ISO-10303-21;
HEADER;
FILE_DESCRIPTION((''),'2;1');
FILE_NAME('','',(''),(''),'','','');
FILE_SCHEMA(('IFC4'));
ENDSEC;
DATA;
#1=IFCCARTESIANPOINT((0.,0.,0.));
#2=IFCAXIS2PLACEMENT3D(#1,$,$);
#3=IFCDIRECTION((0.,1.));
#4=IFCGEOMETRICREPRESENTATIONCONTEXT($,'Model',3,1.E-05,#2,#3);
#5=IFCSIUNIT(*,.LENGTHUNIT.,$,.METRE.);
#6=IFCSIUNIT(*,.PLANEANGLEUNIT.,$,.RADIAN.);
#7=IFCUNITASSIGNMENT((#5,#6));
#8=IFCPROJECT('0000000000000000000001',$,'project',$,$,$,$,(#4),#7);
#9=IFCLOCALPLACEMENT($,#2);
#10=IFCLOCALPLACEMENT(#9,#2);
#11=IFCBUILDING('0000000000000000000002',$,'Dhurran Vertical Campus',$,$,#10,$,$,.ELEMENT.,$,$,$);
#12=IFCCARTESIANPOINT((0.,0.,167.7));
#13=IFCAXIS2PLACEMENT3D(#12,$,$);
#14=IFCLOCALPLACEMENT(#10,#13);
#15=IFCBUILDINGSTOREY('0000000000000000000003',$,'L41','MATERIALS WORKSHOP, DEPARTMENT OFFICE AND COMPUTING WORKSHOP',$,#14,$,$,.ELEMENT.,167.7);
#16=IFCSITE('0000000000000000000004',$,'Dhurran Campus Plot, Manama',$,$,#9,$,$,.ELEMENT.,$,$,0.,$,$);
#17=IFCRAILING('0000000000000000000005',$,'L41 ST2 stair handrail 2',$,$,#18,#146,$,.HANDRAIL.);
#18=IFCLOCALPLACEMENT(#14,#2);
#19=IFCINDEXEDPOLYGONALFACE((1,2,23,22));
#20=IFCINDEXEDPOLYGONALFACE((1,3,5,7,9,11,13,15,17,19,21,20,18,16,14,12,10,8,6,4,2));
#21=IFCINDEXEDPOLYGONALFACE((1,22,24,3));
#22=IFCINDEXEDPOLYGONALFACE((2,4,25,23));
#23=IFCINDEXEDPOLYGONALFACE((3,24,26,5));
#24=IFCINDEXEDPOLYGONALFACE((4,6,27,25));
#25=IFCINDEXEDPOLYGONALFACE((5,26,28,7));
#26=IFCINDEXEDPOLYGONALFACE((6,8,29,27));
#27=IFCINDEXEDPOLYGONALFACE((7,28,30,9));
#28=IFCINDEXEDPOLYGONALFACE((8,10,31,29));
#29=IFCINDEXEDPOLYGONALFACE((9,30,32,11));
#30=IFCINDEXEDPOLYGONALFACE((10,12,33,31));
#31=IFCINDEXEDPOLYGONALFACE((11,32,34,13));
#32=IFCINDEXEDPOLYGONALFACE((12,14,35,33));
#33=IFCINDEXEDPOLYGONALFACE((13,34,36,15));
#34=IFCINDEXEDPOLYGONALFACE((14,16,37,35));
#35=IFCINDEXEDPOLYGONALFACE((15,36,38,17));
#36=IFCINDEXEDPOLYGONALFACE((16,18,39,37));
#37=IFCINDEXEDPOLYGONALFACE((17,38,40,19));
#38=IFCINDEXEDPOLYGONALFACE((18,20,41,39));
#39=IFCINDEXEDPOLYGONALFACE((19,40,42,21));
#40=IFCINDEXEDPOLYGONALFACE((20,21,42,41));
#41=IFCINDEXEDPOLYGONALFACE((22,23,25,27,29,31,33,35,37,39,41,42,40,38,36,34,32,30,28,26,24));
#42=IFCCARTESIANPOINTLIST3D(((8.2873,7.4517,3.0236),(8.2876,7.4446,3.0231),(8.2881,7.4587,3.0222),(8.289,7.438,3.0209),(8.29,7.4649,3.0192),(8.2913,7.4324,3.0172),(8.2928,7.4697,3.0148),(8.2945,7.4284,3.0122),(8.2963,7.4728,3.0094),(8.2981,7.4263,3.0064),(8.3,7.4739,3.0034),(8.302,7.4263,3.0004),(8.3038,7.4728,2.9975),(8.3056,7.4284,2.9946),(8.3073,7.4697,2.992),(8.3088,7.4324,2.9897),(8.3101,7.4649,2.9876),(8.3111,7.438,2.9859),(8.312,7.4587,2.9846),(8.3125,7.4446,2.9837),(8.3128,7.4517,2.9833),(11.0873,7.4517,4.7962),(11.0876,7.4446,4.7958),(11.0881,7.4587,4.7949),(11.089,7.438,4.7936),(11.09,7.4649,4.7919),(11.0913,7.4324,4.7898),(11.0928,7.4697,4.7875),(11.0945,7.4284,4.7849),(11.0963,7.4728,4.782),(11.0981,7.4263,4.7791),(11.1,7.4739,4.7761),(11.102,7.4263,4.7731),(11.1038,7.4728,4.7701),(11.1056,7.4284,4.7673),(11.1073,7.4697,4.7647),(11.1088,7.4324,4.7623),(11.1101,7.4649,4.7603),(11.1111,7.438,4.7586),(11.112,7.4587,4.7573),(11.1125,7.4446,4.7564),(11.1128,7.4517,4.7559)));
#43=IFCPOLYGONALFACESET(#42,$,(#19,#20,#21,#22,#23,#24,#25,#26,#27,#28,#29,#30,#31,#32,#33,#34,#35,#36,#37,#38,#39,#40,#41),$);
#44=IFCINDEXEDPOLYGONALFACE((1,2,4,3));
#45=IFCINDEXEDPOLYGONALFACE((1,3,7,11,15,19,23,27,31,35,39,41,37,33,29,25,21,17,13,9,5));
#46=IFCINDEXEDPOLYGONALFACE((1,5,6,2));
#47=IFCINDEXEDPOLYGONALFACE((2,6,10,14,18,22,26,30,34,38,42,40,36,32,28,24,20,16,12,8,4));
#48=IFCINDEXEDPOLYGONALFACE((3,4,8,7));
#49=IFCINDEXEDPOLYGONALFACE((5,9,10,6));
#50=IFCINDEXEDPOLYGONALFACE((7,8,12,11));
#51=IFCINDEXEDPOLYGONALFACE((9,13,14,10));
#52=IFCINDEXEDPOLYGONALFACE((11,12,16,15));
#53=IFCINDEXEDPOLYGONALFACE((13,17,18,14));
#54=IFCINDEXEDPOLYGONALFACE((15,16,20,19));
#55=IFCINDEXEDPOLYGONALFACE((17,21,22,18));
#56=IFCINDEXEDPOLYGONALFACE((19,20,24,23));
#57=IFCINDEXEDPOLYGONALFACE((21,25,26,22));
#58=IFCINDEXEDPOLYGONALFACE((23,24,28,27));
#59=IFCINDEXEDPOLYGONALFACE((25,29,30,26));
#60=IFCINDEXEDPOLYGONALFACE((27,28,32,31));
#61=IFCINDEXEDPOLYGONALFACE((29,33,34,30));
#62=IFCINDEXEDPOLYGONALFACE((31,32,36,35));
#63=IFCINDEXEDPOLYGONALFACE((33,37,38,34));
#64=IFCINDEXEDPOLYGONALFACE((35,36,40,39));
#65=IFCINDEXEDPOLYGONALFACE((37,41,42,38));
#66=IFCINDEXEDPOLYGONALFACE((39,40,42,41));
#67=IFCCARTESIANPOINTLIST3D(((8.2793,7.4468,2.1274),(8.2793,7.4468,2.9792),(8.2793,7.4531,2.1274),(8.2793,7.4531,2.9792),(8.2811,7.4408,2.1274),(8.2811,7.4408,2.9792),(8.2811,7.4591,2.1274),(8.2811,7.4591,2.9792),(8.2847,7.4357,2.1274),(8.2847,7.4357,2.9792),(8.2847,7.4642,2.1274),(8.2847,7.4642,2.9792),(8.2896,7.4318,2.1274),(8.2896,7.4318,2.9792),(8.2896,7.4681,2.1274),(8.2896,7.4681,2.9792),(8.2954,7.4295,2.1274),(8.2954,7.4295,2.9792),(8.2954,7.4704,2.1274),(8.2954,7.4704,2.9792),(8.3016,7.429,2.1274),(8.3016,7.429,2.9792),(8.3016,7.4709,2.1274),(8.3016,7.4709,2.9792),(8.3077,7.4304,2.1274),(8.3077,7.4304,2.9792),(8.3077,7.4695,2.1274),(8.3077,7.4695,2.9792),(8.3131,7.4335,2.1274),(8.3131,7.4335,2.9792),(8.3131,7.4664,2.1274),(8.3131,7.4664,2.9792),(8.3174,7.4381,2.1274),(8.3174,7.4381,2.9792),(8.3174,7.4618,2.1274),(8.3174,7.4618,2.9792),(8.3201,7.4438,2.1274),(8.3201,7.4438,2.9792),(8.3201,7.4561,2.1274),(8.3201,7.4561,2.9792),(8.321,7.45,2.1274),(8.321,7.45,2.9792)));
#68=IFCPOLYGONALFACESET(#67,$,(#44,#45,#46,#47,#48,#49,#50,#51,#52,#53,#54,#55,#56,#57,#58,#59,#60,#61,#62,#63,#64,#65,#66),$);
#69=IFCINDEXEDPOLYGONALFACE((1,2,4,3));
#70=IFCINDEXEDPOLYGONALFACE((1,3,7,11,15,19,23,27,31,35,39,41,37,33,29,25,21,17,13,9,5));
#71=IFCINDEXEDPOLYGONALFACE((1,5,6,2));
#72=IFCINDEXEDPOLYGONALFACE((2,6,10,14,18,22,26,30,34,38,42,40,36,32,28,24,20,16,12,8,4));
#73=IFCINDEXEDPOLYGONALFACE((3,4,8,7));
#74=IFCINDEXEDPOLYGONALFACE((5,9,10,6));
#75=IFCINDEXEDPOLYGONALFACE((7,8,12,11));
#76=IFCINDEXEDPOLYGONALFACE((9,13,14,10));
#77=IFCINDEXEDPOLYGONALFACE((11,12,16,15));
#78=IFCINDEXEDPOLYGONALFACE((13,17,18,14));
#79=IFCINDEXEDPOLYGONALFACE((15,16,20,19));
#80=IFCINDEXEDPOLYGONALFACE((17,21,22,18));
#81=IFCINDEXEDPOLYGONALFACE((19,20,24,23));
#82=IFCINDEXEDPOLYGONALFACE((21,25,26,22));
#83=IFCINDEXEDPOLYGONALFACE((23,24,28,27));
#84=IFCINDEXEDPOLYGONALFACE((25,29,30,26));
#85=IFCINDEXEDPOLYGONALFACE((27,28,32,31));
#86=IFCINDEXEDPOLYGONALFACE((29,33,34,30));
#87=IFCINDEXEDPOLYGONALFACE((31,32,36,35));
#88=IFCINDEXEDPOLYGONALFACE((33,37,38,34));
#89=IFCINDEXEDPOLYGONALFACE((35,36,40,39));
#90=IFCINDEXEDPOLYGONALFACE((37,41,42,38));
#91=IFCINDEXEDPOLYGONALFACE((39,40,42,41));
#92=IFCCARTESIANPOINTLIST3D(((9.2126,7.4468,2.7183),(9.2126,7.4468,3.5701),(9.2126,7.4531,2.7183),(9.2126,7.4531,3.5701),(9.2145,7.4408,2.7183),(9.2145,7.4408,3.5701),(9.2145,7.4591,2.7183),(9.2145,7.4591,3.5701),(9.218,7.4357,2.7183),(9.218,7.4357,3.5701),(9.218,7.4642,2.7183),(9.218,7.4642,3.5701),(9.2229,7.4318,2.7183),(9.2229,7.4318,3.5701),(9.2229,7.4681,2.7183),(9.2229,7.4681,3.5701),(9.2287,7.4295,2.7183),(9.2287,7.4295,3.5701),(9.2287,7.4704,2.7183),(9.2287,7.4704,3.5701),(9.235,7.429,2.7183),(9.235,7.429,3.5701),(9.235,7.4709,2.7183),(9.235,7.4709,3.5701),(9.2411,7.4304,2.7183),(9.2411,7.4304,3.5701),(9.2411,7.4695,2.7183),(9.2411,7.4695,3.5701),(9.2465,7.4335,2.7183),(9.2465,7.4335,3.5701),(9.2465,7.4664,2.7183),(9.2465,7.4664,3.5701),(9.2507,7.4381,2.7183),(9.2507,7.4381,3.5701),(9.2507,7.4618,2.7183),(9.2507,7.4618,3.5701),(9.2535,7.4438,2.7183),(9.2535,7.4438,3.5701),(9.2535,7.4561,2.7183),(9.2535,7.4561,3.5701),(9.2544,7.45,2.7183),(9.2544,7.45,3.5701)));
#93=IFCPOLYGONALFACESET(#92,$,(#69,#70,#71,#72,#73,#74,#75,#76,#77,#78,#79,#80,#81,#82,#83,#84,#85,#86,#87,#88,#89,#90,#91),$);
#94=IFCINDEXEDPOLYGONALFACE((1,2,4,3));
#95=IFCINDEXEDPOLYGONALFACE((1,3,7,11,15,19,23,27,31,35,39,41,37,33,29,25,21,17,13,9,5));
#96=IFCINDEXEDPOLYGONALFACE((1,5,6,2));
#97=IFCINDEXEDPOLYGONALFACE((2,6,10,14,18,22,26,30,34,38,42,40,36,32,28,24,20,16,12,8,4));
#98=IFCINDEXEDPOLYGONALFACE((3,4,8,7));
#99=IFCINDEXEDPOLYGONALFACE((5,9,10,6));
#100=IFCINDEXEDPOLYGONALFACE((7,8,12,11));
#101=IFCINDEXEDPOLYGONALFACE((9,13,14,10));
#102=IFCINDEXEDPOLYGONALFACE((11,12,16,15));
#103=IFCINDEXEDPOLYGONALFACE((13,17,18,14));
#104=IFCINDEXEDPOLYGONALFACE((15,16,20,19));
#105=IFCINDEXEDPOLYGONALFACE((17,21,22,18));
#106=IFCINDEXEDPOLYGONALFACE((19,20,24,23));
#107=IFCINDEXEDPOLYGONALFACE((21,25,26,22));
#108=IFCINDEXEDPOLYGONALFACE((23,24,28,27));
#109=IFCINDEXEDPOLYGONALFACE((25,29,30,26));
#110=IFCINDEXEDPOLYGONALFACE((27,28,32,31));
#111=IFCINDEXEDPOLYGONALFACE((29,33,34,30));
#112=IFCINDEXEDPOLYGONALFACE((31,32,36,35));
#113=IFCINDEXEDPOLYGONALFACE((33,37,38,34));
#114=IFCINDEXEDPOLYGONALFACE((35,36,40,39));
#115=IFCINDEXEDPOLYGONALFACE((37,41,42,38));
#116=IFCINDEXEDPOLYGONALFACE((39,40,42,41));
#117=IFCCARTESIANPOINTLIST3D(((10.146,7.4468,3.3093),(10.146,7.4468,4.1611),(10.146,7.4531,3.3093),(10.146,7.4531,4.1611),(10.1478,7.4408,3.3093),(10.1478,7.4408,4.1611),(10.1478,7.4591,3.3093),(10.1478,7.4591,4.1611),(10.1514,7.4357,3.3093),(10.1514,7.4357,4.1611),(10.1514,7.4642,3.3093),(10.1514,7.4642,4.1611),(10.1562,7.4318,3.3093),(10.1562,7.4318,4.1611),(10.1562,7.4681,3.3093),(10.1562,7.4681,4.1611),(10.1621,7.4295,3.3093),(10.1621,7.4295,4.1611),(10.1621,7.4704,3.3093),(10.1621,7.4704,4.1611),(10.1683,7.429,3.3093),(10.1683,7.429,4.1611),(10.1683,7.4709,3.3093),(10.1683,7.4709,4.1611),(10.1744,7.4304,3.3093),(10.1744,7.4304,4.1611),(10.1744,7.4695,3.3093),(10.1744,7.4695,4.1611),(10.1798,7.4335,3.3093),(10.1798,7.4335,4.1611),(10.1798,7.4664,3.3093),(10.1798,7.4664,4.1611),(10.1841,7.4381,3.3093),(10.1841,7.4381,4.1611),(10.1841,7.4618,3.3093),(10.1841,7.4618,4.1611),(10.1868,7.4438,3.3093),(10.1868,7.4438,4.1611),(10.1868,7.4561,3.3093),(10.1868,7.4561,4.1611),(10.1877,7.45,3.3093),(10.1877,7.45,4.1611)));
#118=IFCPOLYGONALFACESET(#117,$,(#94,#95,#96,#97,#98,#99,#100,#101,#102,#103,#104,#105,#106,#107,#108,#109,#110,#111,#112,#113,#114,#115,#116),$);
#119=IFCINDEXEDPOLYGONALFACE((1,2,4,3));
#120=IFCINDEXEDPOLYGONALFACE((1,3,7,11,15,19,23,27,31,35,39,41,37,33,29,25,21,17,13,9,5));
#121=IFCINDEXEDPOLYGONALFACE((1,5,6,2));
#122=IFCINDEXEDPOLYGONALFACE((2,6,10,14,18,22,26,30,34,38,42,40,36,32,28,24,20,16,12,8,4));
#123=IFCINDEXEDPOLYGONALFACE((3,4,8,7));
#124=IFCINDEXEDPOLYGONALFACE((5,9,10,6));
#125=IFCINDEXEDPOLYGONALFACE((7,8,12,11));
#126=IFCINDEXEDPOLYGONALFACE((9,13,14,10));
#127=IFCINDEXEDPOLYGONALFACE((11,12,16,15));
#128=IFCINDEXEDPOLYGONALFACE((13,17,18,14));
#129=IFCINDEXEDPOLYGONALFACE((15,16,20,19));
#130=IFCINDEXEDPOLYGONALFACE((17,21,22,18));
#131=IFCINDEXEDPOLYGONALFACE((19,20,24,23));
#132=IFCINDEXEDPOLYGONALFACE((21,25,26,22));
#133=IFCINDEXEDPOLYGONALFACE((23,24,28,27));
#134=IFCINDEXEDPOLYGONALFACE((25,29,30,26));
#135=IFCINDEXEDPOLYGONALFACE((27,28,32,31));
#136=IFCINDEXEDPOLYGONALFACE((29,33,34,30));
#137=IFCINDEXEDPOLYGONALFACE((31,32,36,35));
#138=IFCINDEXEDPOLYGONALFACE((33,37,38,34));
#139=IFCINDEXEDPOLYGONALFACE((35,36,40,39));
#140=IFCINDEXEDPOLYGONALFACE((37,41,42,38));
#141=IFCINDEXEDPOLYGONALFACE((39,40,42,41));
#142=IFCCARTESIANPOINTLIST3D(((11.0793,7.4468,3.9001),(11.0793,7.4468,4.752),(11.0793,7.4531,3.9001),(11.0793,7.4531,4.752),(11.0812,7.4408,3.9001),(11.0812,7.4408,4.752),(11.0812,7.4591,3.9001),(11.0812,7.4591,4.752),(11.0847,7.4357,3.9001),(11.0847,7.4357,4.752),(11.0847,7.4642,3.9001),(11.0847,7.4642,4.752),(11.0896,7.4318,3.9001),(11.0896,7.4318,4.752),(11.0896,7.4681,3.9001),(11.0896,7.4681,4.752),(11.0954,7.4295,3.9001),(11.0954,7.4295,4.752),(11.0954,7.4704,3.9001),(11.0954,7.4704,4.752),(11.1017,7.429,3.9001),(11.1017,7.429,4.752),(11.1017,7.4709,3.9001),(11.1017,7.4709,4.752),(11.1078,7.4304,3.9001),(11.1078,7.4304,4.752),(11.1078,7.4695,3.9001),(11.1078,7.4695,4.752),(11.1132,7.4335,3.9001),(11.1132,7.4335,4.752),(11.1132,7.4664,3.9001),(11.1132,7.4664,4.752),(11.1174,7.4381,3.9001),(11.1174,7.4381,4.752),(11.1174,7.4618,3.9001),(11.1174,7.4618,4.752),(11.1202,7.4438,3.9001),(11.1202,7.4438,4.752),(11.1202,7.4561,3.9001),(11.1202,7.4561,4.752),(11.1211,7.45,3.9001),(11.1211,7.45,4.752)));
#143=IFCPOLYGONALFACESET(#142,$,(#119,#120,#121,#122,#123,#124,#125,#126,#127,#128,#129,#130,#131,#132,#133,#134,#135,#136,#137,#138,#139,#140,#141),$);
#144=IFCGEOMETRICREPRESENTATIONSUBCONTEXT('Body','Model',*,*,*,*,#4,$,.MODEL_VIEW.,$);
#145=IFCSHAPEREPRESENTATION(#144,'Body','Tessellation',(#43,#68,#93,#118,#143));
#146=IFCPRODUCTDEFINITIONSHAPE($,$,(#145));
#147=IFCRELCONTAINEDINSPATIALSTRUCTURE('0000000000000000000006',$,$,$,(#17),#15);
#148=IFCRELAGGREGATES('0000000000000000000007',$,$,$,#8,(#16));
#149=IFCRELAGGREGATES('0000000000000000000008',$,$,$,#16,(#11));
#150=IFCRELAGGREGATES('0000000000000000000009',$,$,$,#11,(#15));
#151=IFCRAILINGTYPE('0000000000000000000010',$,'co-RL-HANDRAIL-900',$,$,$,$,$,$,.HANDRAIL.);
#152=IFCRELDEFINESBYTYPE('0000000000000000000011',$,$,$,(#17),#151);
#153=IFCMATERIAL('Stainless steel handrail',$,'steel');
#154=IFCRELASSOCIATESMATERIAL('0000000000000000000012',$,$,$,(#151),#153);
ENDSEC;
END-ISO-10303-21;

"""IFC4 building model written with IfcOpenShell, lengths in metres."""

from ifc_helpers import new_model, si_unit, direction, frame, origin, origin_2d, place, context, subcontext, project, spatial, circle, extrude, material, type_object, element, save


model = new_model("IFC4")

# Units and contexts
model_context = context("Model", 3, precision=1e-05, world=origin(), true_north=direction((0.0, 1.0)))
body_context = subcontext(model_context, "Body", "Model", "MODEL_VIEW")
ifc_project = project(units=[si_unit("LENGTHUNIT", "METRE"), si_unit("PLANEANGLEUNIT", "RADIAN")], contexts=[model_context])

# Site, building, storey
site_placement = place(None, origin())
site = spatial("IfcSite", under=ifc_project, at=site_placement, Name="Dhurran Campus Plot, Manama", CompositionType="ELEMENT", RefElevation=0.0)
building_placement = place(site_placement, origin())
building = spatial("IfcBuilding", under=site, at=building_placement, Name="Dhurran Vertical Campus", CompositionType="ELEMENT")
storey_placement = place(building_placement, frame((0.0, 0.0, 167.7)))
storey = spatial("IfcBuildingStorey", under=building, at=storey_placement, Name="L41", Description="MATERIALS WORKSHOP, DEPARTMENT OFFICE AND COMPUTING WORKSHOP", CompositionType="ELEMENT", Elevation=167.7)

# Railing
ifc_material_1 = material(Name="Stainless steel handrail", Category="steel")
railing_type_1 = type_object("IfcRailingType", Name="co-RL-HANDRAIL-900", PredefinedType="HANDRAIL", material=ifc_material_1)
railing_1_placement = place(storey_placement, frame((8.3, 7.45, 2.1274)))
element("IfcRailing", 1, at=railing_1_placement, inside=storey, type_object=railing_type_1, Name="L41 ST2 stair handrail 2", PredefinedType="HANDRAIL", context=body_context, shape_type="SweptSolid", body=[
    extrude(circle(Radius=0.0239, at=origin_2d()), frame((0.0, 0.0, 0.876), z_axis=(0.844909, 0.0, 0.53491), x_axis=(0.0, 1.0, 0.0)), (0.0, 0.0, 1.0), 3.314),
    extrude(circle(Radius=0.021, at=origin_2d()), origin(), (0.0, 0.0, 1.0), 0.8518),
    extrude(circle(Radius=0.021, at=origin_2d()), frame((0.9333, 0.0, 0.5908)), (0.0, 0.0, 1.0), 0.8518),
    extrude(circle(Radius=0.021, at=origin_2d()), frame((1.8667, 0.0, 1.1819)), (0.0, 0.0, 1.0), 0.8518),
    extrude(circle(Radius=0.021, at=origin_2d()), frame((2.8, 0.0, 1.7727)), (0.0, 0.0, 1.0), 0.8518),
])

save(model, "model.ifc")
